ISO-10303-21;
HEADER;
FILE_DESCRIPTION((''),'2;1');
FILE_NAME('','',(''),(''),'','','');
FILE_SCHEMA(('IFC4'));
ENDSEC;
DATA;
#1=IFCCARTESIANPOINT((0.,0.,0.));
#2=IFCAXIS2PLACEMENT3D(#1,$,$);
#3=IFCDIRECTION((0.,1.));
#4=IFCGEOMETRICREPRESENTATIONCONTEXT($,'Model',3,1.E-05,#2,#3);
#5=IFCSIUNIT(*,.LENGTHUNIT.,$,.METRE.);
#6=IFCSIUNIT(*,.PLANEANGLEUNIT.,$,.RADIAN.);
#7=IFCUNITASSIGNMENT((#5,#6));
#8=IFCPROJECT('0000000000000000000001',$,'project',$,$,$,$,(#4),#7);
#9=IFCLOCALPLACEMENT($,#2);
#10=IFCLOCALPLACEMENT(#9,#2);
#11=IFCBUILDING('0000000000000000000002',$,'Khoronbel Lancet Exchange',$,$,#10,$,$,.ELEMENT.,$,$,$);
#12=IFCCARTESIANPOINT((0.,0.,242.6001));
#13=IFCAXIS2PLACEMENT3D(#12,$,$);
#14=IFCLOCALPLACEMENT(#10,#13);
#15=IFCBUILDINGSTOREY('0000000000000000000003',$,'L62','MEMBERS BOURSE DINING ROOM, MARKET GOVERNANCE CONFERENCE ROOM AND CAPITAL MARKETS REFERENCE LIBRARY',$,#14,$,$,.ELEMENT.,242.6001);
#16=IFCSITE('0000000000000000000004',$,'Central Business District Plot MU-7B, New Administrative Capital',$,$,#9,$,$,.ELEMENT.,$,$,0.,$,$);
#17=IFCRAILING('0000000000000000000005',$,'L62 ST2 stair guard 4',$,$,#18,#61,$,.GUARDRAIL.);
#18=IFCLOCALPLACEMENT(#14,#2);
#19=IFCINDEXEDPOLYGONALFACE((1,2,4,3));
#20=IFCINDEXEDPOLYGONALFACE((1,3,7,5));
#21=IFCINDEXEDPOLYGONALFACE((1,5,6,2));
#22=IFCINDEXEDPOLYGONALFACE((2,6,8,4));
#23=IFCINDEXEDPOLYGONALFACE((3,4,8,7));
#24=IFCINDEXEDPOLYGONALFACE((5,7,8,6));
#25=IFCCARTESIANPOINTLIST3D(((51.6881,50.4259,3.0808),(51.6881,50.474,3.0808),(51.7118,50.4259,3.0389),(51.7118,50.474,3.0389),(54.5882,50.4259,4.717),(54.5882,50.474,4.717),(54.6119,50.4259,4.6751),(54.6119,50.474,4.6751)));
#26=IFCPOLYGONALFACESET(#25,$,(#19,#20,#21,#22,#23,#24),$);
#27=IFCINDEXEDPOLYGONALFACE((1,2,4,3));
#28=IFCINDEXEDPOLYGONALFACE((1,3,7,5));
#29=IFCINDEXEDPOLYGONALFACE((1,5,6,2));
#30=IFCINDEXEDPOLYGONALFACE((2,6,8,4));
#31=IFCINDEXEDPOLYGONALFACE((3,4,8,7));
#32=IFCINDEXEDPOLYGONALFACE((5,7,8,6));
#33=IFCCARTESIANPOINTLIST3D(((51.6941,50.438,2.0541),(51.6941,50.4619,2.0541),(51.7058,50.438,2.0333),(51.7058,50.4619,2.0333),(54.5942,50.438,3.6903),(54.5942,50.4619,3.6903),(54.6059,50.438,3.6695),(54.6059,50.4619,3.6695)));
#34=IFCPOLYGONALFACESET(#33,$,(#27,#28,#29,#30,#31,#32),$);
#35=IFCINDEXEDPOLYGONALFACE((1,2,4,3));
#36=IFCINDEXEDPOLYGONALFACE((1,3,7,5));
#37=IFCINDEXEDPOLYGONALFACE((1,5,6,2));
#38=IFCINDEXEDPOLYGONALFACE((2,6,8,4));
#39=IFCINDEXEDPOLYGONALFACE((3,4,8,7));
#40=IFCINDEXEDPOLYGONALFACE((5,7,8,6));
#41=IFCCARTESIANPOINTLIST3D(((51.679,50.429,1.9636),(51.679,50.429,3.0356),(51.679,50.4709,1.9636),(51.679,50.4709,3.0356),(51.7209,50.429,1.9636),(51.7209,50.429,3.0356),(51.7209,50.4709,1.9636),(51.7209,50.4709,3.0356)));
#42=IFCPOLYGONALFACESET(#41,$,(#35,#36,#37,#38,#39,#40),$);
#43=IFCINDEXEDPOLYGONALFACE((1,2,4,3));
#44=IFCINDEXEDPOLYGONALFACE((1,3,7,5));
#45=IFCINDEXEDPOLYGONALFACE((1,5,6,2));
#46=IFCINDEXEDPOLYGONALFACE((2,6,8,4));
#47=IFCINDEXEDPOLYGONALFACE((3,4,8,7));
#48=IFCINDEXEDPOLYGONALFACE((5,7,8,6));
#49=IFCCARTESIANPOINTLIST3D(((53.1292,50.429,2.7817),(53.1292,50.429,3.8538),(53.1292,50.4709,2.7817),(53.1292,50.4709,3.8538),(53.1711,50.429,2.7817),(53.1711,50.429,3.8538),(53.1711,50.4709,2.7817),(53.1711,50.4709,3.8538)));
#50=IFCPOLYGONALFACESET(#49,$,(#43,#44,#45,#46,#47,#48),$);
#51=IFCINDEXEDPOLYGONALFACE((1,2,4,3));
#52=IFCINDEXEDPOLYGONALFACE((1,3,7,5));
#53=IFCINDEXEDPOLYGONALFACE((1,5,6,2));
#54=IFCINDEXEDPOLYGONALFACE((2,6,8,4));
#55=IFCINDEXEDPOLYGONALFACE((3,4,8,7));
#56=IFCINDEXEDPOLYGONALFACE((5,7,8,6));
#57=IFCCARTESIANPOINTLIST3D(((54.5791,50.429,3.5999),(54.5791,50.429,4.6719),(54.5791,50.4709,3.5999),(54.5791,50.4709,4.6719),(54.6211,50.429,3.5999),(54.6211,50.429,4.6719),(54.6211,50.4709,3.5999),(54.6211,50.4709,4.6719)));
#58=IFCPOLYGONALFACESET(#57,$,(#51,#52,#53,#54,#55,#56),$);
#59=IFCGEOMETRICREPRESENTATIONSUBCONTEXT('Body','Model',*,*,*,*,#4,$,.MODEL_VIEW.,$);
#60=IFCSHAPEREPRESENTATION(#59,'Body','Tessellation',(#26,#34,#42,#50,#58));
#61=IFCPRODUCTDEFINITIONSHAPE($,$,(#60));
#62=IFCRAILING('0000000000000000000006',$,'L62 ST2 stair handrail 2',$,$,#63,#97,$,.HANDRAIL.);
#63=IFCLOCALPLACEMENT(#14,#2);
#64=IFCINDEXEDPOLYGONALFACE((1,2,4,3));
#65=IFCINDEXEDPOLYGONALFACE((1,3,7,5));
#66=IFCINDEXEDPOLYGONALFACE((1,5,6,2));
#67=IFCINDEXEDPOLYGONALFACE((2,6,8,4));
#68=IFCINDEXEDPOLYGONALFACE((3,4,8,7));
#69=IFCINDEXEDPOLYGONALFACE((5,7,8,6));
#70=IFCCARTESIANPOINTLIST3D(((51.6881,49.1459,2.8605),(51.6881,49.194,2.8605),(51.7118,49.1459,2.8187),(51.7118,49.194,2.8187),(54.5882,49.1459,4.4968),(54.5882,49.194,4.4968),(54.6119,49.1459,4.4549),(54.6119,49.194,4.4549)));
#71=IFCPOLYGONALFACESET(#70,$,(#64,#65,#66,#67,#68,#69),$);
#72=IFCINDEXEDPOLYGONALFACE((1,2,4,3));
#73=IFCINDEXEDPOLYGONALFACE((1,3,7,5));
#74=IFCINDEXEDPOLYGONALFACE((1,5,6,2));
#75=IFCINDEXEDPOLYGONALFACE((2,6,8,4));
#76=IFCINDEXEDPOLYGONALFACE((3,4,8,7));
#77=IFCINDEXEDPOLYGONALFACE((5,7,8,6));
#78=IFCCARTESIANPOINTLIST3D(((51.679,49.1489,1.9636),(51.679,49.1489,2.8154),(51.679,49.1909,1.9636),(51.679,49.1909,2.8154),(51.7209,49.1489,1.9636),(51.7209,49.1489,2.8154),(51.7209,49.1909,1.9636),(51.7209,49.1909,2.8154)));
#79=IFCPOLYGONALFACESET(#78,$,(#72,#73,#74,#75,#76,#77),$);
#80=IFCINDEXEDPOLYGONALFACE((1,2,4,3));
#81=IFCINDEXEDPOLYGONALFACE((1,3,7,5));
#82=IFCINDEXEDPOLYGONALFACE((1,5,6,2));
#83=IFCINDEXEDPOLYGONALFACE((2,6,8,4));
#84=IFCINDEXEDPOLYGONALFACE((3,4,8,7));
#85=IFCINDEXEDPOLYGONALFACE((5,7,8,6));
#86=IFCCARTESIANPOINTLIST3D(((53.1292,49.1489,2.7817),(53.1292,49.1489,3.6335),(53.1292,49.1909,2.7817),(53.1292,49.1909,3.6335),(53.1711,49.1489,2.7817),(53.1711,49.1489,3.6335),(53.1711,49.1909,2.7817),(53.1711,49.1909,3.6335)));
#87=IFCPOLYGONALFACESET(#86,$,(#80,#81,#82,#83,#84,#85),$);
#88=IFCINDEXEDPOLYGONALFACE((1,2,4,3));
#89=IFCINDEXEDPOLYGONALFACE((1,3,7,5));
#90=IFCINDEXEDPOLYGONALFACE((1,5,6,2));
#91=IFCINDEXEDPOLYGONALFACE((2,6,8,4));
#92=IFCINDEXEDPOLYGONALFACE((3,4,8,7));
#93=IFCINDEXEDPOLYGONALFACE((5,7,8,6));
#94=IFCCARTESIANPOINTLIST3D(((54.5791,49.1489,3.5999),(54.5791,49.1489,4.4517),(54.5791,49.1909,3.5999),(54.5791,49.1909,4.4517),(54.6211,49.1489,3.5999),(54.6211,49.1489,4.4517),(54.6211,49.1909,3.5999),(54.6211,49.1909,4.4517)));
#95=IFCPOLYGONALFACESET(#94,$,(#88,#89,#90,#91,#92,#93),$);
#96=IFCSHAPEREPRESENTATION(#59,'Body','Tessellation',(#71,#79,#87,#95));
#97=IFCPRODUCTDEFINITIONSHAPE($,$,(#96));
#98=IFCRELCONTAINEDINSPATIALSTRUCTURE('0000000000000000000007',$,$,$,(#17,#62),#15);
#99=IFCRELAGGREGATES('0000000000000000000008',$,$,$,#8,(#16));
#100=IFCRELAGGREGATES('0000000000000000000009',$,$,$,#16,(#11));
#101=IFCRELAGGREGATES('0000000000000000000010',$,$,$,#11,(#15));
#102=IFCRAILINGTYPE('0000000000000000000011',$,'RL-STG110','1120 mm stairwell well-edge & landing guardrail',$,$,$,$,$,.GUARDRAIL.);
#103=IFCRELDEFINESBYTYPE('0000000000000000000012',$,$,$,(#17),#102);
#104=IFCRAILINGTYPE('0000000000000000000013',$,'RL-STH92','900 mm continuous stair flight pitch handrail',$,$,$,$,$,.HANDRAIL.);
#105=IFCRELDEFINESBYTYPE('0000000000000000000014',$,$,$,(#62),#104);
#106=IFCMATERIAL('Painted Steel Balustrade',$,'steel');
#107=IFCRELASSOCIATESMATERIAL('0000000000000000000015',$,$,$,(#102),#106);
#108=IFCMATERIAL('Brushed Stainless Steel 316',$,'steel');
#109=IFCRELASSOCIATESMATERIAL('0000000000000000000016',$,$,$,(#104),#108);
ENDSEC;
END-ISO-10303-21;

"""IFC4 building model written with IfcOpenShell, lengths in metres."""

from ifc_helpers import new_model, si_unit, direction, frame, origin, origin_2d, place, context, subcontext, project, spatial, rectangle, extrude, material, type_object, element, save


model = new_model("IFC4")

# Units and contexts
model_context = context("Model", 3, precision=1e-05, world=origin(), true_north=direction((0.0, 1.0)))
body_context = subcontext(model_context, "Body", "Model", "MODEL_VIEW")
ifc_project = project(units=[si_unit("LENGTHUNIT", "METRE"), si_unit("PLANEANGLEUNIT", "RADIAN")], contexts=[model_context])

# Site, building, storey
site_placement = place(None, origin())
site = spatial("IfcSite", under=ifc_project, at=site_placement, Name="Central Business District Plot MU-7B, New Administrative Capital", CompositionType="ELEMENT", RefElevation=0.0)
building_placement = place(site_placement, origin())
building = spatial("IfcBuilding", under=site, at=building_placement, Name="Khoronbel Lancet Exchange", CompositionType="ELEMENT")
storey_placement = place(building_placement, frame((0.0, 0.0, 242.6001)))
storey = spatial("IfcBuildingStorey", under=building, at=storey_placement, Name="L62", Description="MEMBERS BOURSE DINING ROOM, MARKET GOVERNANCE CONFERENCE ROOM AND CAPITAL MARKETS REFERENCE LIBRARY", CompositionType="ELEMENT", Elevation=242.6001)

# Railings
ifc_material_1 = material(Name="Painted Steel Balustrade", Category="steel")
railing_type_1 = type_object("IfcRailingType", Name="RL-STG110", Description="1120 mm stairwell well-edge & landing guardrail", PredefinedType="GUARDRAIL", material=ifc_material_1)
railing_1_placement = place(storey_placement, frame((51.7, 50.45, 1.9636)))
element("IfcRailing", 1, at=railing_1_placement, inside=storey, type_object=railing_type_1, Name="L62 ST2 stair guard 4", PredefinedType="GUARDRAIL", context=body_context, shape_type="SweptSolid", body=[
    extrude(rectangle(XDim=0.0481, YDim=0.0481, at=origin_2d()), frame((0.0, 0.0, 1.0962), z_axis=(0.870946, 0.0, 0.491378), x_axis=(0.0, 1.0, 0.0)), (0.0, 0.0, 1.0), 3.3298),
    extrude(rectangle(XDim=0.0239, YDim=0.0239, at=origin_2d()), frame((0.0, 0.0, 0.0801), z_axis=(0.870946, 0.0, 0.491378), x_axis=(0.0, 1.0, 0.0)), (0.0, 0.0, 1.0), 3.3298),
    extrude(rectangle(XDim=0.042, YDim=0.042, at=origin_2d()), origin(), (0.0, 0.0, 1.0), 1.072),
    extrude(rectangle(XDim=0.042, YDim=0.042, at=origin_2d()), frame((1.4502, 0.0, 0.8181)), (0.0, 0.0, 1.0), 1.072),
    extrude(rectangle(XDim=0.042, YDim=0.042, at=origin_2d()), frame((2.9001, 0.0, 1.6362)), (0.0, 0.0, 1.0), 1.072),
])
ifc_material_2 = material(Name="Brushed Stainless Steel 316", Category="steel")
railing_type_2 = type_object("IfcRailingType", Name="RL-STH92", Description="900 mm continuous stair flight pitch handrail", PredefinedType="HANDRAIL", material=ifc_material_2)
railing_2_placement = place(storey_placement, frame((51.7, 49.1699, 1.9636)))
element("IfcRailing", 2, at=railing_2_placement, inside=storey, type_object=railing_type_2, Name="L62 ST2 stair handrail 2", PredefinedType="HANDRAIL", context=body_context, shape_type="SweptSolid", body=[
    extrude(rectangle(XDim=0.0481, YDim=0.0481, at=origin_2d()), frame((0.0, 0.0, 0.876), z_axis=(0.870946, 0.0, 0.491378), x_axis=(0.0, 1.0, 0.0)), (0.0, 0.0, 1.0), 3.3298),
    extrude(rectangle(XDim=0.042, YDim=0.042, at=origin_2d()), origin(), (0.0, 0.0, 1.0), 0.8518),
    extrude(rectangle(XDim=0.042, YDim=0.042, at=origin_2d()), frame((1.4502, 0.0, 0.8181)), (0.0, 0.0, 1.0), 0.8518),
    extrude(rectangle(XDim=0.042, YDim=0.042, at=origin_2d()), frame((2.9001, 0.0, 1.6362)), (0.0, 0.0, 1.0), 0.8518),
])

save(model, "model.ifc")
